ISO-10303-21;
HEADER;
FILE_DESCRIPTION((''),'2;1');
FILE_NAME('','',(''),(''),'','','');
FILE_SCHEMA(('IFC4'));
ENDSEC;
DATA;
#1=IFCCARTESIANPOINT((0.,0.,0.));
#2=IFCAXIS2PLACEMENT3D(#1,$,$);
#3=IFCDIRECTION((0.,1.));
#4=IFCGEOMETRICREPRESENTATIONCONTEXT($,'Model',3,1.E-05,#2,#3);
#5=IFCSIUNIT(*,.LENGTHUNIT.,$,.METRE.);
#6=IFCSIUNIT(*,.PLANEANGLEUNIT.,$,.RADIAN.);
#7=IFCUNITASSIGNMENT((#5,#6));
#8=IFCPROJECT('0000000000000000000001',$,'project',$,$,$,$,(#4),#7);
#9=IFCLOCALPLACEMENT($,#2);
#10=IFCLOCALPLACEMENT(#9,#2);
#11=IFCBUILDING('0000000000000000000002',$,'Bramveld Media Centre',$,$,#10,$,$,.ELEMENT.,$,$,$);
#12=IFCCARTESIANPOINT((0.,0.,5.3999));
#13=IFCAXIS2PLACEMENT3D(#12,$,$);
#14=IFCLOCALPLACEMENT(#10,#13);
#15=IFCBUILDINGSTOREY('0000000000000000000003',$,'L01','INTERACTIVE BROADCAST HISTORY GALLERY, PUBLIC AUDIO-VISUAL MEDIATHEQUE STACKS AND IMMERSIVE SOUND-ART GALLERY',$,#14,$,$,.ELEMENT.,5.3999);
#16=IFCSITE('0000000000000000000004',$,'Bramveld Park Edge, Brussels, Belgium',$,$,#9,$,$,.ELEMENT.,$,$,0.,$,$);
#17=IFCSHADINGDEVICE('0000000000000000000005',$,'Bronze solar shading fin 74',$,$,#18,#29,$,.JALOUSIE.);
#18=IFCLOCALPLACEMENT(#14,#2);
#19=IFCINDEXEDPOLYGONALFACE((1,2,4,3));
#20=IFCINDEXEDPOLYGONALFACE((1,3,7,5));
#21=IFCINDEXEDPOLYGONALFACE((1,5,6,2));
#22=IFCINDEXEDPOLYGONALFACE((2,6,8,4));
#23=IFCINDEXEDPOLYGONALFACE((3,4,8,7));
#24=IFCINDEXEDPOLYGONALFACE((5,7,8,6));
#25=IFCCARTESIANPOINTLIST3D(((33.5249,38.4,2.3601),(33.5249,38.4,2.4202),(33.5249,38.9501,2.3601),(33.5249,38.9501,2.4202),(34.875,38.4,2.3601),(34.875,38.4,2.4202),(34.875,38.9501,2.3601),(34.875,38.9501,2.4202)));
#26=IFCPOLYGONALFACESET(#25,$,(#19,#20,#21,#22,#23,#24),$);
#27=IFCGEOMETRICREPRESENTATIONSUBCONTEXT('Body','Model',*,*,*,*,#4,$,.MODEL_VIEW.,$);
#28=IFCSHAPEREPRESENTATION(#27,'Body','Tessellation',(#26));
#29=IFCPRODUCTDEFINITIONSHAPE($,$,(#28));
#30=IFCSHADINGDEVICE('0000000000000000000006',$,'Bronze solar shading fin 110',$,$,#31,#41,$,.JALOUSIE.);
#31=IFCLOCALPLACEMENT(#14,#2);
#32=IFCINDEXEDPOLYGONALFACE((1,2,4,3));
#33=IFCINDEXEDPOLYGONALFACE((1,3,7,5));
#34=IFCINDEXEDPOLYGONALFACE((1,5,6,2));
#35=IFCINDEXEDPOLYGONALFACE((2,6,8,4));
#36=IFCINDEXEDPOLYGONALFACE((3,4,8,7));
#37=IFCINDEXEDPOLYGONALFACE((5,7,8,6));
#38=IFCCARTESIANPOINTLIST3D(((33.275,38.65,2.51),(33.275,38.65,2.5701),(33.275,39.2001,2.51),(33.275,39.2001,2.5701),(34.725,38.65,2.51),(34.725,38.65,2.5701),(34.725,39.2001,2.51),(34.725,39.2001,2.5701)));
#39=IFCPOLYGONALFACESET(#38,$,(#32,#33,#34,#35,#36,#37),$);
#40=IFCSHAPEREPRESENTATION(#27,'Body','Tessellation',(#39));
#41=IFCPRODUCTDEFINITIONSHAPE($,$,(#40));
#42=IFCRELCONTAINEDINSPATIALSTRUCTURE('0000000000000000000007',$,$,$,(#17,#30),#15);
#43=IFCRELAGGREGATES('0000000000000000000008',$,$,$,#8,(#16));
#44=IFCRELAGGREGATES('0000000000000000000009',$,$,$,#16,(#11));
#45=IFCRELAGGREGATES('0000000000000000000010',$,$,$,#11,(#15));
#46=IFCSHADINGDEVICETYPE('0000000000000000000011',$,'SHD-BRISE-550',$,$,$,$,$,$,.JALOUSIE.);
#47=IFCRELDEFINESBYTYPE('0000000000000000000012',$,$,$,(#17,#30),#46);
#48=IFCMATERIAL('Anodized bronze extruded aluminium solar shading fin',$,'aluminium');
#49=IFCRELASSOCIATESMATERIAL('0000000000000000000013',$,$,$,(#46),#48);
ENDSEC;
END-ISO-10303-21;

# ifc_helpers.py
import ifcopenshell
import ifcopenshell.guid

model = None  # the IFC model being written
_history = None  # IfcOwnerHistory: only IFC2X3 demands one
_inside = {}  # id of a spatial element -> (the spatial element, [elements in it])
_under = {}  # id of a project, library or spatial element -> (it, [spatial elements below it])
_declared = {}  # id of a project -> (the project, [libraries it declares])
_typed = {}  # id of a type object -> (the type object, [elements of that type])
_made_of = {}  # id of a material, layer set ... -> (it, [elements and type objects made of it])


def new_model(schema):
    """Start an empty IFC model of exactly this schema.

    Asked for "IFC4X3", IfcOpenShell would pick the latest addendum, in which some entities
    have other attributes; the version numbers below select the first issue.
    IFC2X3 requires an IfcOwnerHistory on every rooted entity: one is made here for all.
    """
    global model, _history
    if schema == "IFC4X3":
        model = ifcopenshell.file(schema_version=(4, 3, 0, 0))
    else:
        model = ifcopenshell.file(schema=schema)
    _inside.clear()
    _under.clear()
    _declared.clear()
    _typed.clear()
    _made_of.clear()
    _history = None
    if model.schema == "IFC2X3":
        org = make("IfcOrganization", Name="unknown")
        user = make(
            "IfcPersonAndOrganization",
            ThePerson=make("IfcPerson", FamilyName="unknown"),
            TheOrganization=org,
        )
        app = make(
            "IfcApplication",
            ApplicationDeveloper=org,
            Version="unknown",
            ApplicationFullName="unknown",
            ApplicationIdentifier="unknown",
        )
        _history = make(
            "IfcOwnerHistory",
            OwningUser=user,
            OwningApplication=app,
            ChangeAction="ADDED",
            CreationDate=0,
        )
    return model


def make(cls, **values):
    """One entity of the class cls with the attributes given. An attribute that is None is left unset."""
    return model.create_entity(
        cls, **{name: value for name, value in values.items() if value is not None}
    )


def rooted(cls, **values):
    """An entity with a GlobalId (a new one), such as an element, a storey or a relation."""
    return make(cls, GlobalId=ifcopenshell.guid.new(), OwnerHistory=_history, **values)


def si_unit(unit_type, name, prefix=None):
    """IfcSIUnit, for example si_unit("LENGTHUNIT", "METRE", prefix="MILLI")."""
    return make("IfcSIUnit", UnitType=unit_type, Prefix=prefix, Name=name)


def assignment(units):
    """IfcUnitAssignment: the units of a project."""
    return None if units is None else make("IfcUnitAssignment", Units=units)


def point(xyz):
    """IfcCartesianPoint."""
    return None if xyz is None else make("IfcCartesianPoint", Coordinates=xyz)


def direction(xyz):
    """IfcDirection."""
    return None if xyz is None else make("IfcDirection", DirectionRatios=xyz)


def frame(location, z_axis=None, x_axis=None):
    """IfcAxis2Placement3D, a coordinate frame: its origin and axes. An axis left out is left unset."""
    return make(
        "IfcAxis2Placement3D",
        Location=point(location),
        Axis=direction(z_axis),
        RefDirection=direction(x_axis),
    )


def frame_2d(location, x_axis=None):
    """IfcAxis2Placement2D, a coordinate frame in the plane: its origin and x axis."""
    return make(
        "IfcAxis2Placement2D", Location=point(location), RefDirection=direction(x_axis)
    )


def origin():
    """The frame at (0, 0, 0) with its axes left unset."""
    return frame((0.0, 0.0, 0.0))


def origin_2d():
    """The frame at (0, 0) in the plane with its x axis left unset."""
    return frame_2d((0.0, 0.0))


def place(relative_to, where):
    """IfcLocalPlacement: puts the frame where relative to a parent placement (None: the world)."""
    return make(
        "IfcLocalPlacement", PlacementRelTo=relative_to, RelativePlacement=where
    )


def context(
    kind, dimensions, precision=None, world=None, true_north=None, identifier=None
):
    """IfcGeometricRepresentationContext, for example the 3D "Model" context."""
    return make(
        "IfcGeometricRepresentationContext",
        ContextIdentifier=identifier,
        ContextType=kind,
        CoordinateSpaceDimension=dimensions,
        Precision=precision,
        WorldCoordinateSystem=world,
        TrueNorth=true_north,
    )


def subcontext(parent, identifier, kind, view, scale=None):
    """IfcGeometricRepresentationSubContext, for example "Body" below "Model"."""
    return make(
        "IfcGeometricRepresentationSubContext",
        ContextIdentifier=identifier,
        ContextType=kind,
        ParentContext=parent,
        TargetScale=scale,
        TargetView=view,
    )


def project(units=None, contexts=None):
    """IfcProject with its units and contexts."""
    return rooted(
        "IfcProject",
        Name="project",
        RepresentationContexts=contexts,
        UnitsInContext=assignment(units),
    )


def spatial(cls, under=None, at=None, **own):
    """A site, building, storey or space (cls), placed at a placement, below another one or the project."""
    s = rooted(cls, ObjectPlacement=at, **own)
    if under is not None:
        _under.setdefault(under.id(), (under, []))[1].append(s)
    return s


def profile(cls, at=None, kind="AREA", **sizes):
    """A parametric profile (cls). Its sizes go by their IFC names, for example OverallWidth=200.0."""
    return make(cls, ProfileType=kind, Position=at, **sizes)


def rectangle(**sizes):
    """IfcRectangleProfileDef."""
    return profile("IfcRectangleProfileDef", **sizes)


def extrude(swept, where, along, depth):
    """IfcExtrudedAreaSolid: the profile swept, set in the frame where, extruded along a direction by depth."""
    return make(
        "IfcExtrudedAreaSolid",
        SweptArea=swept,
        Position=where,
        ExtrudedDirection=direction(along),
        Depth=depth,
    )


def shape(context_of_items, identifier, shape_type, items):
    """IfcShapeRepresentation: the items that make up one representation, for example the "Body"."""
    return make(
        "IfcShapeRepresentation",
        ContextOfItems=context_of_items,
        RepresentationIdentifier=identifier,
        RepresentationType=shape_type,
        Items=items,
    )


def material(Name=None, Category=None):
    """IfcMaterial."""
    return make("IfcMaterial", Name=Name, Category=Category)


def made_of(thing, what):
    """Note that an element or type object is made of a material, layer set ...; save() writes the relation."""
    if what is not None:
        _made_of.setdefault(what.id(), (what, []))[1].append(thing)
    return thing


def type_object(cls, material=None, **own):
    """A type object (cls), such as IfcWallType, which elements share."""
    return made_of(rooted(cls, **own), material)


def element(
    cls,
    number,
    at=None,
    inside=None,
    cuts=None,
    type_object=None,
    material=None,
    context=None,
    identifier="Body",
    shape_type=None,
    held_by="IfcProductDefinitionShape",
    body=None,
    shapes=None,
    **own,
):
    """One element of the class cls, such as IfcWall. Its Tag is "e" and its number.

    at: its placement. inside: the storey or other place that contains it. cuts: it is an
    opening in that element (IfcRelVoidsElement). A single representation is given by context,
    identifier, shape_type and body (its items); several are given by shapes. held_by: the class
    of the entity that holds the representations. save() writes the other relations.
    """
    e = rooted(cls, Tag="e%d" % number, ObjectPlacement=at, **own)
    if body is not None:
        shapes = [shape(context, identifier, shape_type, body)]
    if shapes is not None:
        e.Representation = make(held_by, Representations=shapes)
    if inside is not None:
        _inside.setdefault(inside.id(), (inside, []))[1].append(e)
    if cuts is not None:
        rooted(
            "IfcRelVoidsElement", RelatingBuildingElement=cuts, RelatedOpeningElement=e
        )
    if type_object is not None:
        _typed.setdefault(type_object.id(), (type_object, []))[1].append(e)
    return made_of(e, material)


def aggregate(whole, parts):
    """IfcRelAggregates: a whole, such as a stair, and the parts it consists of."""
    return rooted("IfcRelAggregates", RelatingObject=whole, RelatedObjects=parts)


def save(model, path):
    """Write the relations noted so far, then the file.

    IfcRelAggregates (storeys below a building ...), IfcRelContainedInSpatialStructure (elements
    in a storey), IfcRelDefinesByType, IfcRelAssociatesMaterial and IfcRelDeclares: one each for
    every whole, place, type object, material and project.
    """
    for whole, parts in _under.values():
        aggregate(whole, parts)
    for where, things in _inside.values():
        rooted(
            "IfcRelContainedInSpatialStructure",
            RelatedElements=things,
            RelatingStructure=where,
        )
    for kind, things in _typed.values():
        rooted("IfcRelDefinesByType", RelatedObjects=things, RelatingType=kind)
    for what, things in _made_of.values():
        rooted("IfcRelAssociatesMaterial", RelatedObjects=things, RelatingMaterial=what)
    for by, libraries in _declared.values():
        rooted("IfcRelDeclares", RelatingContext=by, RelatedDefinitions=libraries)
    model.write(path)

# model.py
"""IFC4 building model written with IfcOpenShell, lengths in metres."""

from ifc_helpers import new_model, si_unit, direction, frame, origin, origin_2d, place, context, subcontext, project, spatial, rectangle, extrude, material, type_object, element, save


model = new_model("IFC4")

# Units and contexts
model_context = context("Model", 3, precision=1e-05, world=origin(), true_north=direction((0.0, 1.0)))
body_context = subcontext(model_context, "Body", "Model", "MODEL_VIEW")
ifc_project = project(units=[si_unit("LENGTHUNIT", "METRE"), si_unit("PLANEANGLEUNIT", "RADIAN")], contexts=[model_context])

# Site, building, storey
site_placement = place(None, origin())
site = spatial("IfcSite", under=ifc_project, at=site_placement, Name="Bramveld Park Edge, Brussels, Belgium", CompositionType="ELEMENT", RefElevation=0.0)
building_placement = place(site_placement, origin())
building = spatial("IfcBuilding", under=site, at=building_placement, Name="Bramveld Media Centre", CompositionType="ELEMENT")
storey_placement = place(building_placement, frame((0.0, 0.0, 5.3999)))
storey = spatial("IfcBuildingStorey", under=building, at=storey_placement, Name="L01", Description="INTERACTIVE BROADCAST HISTORY GALLERY, PUBLIC AUDIO-VISUAL MEDIATHEQUE STACKS AND IMMERSIVE SOUND-ART GALLERY", CompositionType="ELEMENT", Elevation=5.3999)

# Shading devices
ifc_material_1 = material(Name="Anodized bronze extruded aluminium solar shading fin", Category="aluminium")
shading_device_type_1 = type_object("IfcShadingDeviceType", Name="SHD-BRISE-550", PredefinedType="JALOUSIE", material=ifc_material_1)
shading_device_1_placement = place(storey_placement, frame((34.2, 38.675, 2.3601), z_axis=(0.0, 0.0, 1.0), x_axis=(1.0, 0.0, 0.0)))
element("IfcShadingDevice", 1, at=shading_device_1_placement, inside=storey, type_object=shading_device_type_1, Name="Bronze solar shading fin 74", PredefinedType="JALOUSIE", context=body_context, shape_type="SweptSolid", body=[
    extrude(rectangle(XDim=1.3501, YDim=0.55, at=origin_2d()), origin(), (0.0, 0.0, 1.0), 0.0601),
])
shading_device_2_placement = place(storey_placement, frame((34.0, 38.925, 2.51), z_axis=(0.0, 0.0, 1.0), x_axis=(1.0, 0.0, 0.0)))
element("IfcShadingDevice", 2, at=shading_device_2_placement, inside=storey, type_object=shading_device_type_1, Name="Bronze solar shading fin 110", PredefinedType="JALOUSIE", context=body_context, shape_type="SweptSolid", body=[
    extrude(rectangle(XDim=1.45, YDim=0.55, at=origin_2d()), origin(), (0.0, 0.0, 1.0), 0.0601),
])

save(model, "model.ifc")
